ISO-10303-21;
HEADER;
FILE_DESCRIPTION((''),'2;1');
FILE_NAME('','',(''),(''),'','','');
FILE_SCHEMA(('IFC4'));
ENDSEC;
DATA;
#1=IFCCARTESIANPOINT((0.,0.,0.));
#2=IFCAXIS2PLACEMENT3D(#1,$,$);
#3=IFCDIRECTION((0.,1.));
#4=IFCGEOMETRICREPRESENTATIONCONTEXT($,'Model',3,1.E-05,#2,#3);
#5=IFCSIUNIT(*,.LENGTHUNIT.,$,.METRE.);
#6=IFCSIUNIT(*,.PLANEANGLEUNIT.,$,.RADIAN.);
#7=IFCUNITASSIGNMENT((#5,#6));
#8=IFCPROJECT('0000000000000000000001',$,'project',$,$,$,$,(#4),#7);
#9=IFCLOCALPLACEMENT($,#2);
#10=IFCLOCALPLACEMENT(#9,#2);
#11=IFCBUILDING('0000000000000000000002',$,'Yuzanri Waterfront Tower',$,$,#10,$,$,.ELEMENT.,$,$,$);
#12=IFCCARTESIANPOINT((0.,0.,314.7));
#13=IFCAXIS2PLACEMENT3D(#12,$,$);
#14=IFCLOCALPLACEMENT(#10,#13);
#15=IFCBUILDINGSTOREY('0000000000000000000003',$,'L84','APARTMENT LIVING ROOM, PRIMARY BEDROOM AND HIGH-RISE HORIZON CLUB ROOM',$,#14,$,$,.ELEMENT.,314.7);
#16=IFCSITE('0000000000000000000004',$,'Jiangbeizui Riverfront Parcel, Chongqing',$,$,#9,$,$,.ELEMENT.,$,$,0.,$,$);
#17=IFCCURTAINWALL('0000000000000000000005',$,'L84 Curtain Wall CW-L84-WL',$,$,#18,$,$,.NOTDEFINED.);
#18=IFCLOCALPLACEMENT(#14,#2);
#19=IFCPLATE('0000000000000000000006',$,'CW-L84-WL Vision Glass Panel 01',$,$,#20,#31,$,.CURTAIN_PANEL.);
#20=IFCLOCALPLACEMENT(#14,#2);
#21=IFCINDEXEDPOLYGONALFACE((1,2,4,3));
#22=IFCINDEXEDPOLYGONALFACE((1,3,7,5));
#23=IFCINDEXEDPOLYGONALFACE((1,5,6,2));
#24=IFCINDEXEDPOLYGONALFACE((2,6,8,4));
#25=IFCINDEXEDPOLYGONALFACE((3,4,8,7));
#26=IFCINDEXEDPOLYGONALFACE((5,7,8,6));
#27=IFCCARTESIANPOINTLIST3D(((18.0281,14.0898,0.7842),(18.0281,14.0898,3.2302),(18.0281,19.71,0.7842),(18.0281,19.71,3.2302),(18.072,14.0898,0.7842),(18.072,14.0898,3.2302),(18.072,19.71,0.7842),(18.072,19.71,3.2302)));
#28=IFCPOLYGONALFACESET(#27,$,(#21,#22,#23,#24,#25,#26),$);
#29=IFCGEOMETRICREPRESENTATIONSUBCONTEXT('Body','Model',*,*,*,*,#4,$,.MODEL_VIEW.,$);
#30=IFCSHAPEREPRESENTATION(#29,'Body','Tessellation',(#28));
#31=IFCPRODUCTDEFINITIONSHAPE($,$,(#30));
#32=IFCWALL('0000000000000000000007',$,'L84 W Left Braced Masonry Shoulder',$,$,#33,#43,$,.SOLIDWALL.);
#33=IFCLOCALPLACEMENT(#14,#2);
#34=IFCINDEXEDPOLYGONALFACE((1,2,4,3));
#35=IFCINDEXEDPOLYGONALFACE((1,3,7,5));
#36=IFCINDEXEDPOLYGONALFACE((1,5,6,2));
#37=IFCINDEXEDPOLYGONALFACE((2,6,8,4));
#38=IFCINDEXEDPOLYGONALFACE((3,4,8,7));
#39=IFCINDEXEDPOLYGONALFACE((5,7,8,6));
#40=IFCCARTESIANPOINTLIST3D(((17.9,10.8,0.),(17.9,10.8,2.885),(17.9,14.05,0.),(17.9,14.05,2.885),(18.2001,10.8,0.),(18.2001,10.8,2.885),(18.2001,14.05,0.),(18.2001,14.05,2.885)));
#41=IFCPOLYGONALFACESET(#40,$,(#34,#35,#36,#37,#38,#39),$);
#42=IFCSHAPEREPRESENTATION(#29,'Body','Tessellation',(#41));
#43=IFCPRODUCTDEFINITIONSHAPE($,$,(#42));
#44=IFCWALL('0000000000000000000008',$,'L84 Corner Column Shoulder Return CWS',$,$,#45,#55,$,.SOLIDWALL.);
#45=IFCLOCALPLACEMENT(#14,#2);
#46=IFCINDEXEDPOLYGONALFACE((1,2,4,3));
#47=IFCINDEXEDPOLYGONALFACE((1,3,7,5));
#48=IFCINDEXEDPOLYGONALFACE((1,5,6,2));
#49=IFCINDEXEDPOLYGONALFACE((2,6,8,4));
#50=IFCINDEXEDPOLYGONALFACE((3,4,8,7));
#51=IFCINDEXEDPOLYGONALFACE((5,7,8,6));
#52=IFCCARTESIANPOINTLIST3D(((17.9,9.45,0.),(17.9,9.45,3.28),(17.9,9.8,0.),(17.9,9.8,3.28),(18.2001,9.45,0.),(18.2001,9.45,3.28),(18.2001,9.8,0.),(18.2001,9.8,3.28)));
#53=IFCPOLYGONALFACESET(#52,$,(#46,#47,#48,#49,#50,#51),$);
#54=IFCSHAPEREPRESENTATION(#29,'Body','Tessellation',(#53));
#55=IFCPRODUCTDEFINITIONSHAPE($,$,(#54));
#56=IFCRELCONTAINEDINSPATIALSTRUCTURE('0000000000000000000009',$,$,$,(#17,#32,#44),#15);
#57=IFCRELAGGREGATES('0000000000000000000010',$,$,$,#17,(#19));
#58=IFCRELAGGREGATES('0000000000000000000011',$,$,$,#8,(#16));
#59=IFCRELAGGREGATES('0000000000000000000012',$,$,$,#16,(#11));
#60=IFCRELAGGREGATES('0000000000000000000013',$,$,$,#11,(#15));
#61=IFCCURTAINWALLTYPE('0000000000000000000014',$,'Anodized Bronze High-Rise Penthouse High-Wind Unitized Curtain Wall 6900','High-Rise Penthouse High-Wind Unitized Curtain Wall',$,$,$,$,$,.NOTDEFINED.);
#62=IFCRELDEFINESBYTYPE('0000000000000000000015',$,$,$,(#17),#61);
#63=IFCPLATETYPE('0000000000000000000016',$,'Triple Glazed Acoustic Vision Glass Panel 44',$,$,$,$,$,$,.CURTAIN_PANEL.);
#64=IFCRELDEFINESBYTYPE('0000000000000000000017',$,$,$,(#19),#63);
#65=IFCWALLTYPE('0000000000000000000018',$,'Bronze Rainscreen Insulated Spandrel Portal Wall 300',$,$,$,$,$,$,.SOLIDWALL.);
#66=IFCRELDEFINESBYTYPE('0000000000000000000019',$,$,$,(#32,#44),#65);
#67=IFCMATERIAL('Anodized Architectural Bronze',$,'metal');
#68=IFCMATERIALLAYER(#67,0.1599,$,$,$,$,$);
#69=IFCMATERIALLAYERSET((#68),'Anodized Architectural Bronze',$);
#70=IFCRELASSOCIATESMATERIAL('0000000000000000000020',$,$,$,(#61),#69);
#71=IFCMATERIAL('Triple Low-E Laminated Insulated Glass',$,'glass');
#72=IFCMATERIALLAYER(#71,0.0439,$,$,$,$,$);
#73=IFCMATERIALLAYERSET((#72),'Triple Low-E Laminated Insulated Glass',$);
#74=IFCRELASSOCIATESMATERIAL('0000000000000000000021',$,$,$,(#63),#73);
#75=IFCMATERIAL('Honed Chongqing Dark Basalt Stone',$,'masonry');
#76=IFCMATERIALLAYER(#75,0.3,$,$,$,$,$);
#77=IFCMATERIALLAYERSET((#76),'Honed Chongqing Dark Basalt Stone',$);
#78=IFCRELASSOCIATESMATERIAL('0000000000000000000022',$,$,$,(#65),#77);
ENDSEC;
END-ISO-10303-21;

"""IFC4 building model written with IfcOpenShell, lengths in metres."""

from ifc_helpers import new_model, si_unit, direction, frame, frame_2d, origin, origin_2d, place, context, subcontext, project, spatial, rectangle, extrude, source, transform, mapped, material, layer, layer_set, type_object, element, aggregate, save


model = new_model("IFC4")

# Units and contexts
model_context = context("Model", 3, precision=1e-05, world=origin(), true_north=direction((0.0, 1.0)))
body_context = subcontext(model_context, "Body", "Model", "MODEL_VIEW")
ifc_project = project(units=[si_unit("LENGTHUNIT", "METRE"), si_unit("PLANEANGLEUNIT", "RADIAN")], contexts=[model_context])

# Site, building, storey
site_placement = place(None, origin())
site = spatial("IfcSite", under=ifc_project, at=site_placement, Name="Jiangbeizui Riverfront Parcel, Chongqing", CompositionType="ELEMENT", RefElevation=0.0)
building_placement = place(site_placement, origin())
building = spatial("IfcBuilding", under=site, at=building_placement, Name="Yuzanri Waterfront Tower", CompositionType="ELEMENT")
storey_placement = place(building_placement, frame((0.0, 0.0, 314.7)))
storey = spatial("IfcBuildingStorey", under=building, at=storey_placement, Name="L84", Description="APARTMENT LIVING ROOM, PRIMARY BEDROOM AND HIGH-RISE HORIZON CLUB ROOM", CompositionType="ELEMENT", Elevation=314.7)

# Curtain wall
ifc_material_1 = material(Name="Anodized Architectural Bronze", Category="metal")
ifc_layer_1 = layer(ifc_material_1, 0.1599)
ifc_layer_set_1 = layer_set([ifc_layer_1], Name="Anodized Architectural Bronze")
curtain_wall_type = type_object("IfcCurtainWallType", Name="Anodized Bronze High-Rise Penthouse High-Wind Unitized Curtain Wall 6900", Description="High-Rise Penthouse High-Wind Unitized Curtain Wall", PredefinedType="NOTDEFINED", material=ifc_layer_set_1)
curtain_wall_placement = place(storey_placement, origin())
curtain_wall = element("IfcCurtainWall", 1, at=curtain_wall_placement, inside=storey, type_object=curtain_wall_type, Name="L84 Curtain Wall CW-L84-WL", PredefinedType="NOTDEFINED")

# Plate
ifc_material_2 = material(Name="Triple Low-E Laminated Insulated Glass", Category="glass")
ifc_layer_2 = layer(ifc_material_2, 0.0439)
ifc_layer_set_2 = layer_set([ifc_layer_2], Name="Triple Low-E Laminated Insulated Glass")
plate_type_1 = type_object("IfcPlateType", Name="Triple Glazed Acoustic Vision Glass Panel 44", PredefinedType="CURTAIN_PANEL", material=ifc_layer_set_2)
shared_shape_1 = source(origin(), body_context, "Body", "SweptSolid", [
    extrude(rectangle(XDim=5.6201, YDim=0.0439, at=origin_2d()), origin(), (0.0, 0.0, 1.0), 2.446),
])
plate_1_placement = place(storey_placement, frame((18.05, 16.8999, 0.7842), z_axis=(0.0, 0.0, 1.0), x_axis=(0.0, 1.0, 0.0)))
plate_1 = element("IfcPlate", 2, at=plate_1_placement, type_object=plate_type_1, Name="CW-L84-WL Vision Glass Panel 01", PredefinedType="CURTAIN_PANEL", context=body_context, shape_type="MappedRepresentation", body=[
    mapped(shared_shape_1, transform((0.0, 0.0, 0.0), scale=1.0)),
])
aggregate(curtain_wall, [plate_1])

# Walls
ifc_material_3 = material(Name="Honed Chongqing Dark Basalt Stone", Category="masonry")
ifc_layer_3 = layer(ifc_material_3, 0.3)
ifc_layer_set_3 = layer_set([ifc_layer_3], Name="Honed Chongqing Dark Basalt Stone")
wall_type = type_object("IfcWallType", Name="Bronze Rainscreen Insulated Spandrel Portal Wall 300", PredefinedType="SOLIDWALL", material=ifc_layer_set_3)
shared_shape_2 = source(origin(), body_context, "Body", "SweptSolid", [
    extrude(rectangle(XDim=3.25, YDim=0.3, at=frame_2d((1.625, 0.0))), origin(), (0.0, 0.0, 1.0), 2.885),
])
wall_1_placement = place(storey_placement, frame((18.05, 10.8, 0.0), z_axis=(0.0, 0.0, 1.0), x_axis=(0.0, 1.0, 0.0)))
element("IfcWall", 3, at=wall_1_placement, inside=storey, type_object=wall_type, Name="L84 W Left Braced Masonry Shoulder", PredefinedType="SOLIDWALL", context=body_context, shape_type="MappedRepresentation", body=[
    mapped(shared_shape_2, transform((0.0, 0.0, 0.0), scale=1.0)),
])
shared_shape_3 = source(origin(), body_context, "Body", "SweptSolid", [
    extrude(rectangle(XDim=0.3501, YDim=0.3, at=frame_2d((0.175, 0.0))), origin(), (0.0, 0.0, 1.0), 3.28),
])
wall_2_placement = place(storey_placement, frame((18.05, 9.45, 0.0), z_axis=(0.0, 0.0, 1.0), x_axis=(0.0, 1.0, 0.0)))
element("IfcWall", 4, at=wall_2_placement, inside=storey, type_object=wall_type, Name="L84 Corner Column Shoulder Return CWS", PredefinedType="SOLIDWALL", context=body_context, shape_type="MappedRepresentation", body=[
    mapped(shared_shape_3, transform((0.0, 0.0, 0.0), scale=1.0)),
])

save(model, "model.ifc")
